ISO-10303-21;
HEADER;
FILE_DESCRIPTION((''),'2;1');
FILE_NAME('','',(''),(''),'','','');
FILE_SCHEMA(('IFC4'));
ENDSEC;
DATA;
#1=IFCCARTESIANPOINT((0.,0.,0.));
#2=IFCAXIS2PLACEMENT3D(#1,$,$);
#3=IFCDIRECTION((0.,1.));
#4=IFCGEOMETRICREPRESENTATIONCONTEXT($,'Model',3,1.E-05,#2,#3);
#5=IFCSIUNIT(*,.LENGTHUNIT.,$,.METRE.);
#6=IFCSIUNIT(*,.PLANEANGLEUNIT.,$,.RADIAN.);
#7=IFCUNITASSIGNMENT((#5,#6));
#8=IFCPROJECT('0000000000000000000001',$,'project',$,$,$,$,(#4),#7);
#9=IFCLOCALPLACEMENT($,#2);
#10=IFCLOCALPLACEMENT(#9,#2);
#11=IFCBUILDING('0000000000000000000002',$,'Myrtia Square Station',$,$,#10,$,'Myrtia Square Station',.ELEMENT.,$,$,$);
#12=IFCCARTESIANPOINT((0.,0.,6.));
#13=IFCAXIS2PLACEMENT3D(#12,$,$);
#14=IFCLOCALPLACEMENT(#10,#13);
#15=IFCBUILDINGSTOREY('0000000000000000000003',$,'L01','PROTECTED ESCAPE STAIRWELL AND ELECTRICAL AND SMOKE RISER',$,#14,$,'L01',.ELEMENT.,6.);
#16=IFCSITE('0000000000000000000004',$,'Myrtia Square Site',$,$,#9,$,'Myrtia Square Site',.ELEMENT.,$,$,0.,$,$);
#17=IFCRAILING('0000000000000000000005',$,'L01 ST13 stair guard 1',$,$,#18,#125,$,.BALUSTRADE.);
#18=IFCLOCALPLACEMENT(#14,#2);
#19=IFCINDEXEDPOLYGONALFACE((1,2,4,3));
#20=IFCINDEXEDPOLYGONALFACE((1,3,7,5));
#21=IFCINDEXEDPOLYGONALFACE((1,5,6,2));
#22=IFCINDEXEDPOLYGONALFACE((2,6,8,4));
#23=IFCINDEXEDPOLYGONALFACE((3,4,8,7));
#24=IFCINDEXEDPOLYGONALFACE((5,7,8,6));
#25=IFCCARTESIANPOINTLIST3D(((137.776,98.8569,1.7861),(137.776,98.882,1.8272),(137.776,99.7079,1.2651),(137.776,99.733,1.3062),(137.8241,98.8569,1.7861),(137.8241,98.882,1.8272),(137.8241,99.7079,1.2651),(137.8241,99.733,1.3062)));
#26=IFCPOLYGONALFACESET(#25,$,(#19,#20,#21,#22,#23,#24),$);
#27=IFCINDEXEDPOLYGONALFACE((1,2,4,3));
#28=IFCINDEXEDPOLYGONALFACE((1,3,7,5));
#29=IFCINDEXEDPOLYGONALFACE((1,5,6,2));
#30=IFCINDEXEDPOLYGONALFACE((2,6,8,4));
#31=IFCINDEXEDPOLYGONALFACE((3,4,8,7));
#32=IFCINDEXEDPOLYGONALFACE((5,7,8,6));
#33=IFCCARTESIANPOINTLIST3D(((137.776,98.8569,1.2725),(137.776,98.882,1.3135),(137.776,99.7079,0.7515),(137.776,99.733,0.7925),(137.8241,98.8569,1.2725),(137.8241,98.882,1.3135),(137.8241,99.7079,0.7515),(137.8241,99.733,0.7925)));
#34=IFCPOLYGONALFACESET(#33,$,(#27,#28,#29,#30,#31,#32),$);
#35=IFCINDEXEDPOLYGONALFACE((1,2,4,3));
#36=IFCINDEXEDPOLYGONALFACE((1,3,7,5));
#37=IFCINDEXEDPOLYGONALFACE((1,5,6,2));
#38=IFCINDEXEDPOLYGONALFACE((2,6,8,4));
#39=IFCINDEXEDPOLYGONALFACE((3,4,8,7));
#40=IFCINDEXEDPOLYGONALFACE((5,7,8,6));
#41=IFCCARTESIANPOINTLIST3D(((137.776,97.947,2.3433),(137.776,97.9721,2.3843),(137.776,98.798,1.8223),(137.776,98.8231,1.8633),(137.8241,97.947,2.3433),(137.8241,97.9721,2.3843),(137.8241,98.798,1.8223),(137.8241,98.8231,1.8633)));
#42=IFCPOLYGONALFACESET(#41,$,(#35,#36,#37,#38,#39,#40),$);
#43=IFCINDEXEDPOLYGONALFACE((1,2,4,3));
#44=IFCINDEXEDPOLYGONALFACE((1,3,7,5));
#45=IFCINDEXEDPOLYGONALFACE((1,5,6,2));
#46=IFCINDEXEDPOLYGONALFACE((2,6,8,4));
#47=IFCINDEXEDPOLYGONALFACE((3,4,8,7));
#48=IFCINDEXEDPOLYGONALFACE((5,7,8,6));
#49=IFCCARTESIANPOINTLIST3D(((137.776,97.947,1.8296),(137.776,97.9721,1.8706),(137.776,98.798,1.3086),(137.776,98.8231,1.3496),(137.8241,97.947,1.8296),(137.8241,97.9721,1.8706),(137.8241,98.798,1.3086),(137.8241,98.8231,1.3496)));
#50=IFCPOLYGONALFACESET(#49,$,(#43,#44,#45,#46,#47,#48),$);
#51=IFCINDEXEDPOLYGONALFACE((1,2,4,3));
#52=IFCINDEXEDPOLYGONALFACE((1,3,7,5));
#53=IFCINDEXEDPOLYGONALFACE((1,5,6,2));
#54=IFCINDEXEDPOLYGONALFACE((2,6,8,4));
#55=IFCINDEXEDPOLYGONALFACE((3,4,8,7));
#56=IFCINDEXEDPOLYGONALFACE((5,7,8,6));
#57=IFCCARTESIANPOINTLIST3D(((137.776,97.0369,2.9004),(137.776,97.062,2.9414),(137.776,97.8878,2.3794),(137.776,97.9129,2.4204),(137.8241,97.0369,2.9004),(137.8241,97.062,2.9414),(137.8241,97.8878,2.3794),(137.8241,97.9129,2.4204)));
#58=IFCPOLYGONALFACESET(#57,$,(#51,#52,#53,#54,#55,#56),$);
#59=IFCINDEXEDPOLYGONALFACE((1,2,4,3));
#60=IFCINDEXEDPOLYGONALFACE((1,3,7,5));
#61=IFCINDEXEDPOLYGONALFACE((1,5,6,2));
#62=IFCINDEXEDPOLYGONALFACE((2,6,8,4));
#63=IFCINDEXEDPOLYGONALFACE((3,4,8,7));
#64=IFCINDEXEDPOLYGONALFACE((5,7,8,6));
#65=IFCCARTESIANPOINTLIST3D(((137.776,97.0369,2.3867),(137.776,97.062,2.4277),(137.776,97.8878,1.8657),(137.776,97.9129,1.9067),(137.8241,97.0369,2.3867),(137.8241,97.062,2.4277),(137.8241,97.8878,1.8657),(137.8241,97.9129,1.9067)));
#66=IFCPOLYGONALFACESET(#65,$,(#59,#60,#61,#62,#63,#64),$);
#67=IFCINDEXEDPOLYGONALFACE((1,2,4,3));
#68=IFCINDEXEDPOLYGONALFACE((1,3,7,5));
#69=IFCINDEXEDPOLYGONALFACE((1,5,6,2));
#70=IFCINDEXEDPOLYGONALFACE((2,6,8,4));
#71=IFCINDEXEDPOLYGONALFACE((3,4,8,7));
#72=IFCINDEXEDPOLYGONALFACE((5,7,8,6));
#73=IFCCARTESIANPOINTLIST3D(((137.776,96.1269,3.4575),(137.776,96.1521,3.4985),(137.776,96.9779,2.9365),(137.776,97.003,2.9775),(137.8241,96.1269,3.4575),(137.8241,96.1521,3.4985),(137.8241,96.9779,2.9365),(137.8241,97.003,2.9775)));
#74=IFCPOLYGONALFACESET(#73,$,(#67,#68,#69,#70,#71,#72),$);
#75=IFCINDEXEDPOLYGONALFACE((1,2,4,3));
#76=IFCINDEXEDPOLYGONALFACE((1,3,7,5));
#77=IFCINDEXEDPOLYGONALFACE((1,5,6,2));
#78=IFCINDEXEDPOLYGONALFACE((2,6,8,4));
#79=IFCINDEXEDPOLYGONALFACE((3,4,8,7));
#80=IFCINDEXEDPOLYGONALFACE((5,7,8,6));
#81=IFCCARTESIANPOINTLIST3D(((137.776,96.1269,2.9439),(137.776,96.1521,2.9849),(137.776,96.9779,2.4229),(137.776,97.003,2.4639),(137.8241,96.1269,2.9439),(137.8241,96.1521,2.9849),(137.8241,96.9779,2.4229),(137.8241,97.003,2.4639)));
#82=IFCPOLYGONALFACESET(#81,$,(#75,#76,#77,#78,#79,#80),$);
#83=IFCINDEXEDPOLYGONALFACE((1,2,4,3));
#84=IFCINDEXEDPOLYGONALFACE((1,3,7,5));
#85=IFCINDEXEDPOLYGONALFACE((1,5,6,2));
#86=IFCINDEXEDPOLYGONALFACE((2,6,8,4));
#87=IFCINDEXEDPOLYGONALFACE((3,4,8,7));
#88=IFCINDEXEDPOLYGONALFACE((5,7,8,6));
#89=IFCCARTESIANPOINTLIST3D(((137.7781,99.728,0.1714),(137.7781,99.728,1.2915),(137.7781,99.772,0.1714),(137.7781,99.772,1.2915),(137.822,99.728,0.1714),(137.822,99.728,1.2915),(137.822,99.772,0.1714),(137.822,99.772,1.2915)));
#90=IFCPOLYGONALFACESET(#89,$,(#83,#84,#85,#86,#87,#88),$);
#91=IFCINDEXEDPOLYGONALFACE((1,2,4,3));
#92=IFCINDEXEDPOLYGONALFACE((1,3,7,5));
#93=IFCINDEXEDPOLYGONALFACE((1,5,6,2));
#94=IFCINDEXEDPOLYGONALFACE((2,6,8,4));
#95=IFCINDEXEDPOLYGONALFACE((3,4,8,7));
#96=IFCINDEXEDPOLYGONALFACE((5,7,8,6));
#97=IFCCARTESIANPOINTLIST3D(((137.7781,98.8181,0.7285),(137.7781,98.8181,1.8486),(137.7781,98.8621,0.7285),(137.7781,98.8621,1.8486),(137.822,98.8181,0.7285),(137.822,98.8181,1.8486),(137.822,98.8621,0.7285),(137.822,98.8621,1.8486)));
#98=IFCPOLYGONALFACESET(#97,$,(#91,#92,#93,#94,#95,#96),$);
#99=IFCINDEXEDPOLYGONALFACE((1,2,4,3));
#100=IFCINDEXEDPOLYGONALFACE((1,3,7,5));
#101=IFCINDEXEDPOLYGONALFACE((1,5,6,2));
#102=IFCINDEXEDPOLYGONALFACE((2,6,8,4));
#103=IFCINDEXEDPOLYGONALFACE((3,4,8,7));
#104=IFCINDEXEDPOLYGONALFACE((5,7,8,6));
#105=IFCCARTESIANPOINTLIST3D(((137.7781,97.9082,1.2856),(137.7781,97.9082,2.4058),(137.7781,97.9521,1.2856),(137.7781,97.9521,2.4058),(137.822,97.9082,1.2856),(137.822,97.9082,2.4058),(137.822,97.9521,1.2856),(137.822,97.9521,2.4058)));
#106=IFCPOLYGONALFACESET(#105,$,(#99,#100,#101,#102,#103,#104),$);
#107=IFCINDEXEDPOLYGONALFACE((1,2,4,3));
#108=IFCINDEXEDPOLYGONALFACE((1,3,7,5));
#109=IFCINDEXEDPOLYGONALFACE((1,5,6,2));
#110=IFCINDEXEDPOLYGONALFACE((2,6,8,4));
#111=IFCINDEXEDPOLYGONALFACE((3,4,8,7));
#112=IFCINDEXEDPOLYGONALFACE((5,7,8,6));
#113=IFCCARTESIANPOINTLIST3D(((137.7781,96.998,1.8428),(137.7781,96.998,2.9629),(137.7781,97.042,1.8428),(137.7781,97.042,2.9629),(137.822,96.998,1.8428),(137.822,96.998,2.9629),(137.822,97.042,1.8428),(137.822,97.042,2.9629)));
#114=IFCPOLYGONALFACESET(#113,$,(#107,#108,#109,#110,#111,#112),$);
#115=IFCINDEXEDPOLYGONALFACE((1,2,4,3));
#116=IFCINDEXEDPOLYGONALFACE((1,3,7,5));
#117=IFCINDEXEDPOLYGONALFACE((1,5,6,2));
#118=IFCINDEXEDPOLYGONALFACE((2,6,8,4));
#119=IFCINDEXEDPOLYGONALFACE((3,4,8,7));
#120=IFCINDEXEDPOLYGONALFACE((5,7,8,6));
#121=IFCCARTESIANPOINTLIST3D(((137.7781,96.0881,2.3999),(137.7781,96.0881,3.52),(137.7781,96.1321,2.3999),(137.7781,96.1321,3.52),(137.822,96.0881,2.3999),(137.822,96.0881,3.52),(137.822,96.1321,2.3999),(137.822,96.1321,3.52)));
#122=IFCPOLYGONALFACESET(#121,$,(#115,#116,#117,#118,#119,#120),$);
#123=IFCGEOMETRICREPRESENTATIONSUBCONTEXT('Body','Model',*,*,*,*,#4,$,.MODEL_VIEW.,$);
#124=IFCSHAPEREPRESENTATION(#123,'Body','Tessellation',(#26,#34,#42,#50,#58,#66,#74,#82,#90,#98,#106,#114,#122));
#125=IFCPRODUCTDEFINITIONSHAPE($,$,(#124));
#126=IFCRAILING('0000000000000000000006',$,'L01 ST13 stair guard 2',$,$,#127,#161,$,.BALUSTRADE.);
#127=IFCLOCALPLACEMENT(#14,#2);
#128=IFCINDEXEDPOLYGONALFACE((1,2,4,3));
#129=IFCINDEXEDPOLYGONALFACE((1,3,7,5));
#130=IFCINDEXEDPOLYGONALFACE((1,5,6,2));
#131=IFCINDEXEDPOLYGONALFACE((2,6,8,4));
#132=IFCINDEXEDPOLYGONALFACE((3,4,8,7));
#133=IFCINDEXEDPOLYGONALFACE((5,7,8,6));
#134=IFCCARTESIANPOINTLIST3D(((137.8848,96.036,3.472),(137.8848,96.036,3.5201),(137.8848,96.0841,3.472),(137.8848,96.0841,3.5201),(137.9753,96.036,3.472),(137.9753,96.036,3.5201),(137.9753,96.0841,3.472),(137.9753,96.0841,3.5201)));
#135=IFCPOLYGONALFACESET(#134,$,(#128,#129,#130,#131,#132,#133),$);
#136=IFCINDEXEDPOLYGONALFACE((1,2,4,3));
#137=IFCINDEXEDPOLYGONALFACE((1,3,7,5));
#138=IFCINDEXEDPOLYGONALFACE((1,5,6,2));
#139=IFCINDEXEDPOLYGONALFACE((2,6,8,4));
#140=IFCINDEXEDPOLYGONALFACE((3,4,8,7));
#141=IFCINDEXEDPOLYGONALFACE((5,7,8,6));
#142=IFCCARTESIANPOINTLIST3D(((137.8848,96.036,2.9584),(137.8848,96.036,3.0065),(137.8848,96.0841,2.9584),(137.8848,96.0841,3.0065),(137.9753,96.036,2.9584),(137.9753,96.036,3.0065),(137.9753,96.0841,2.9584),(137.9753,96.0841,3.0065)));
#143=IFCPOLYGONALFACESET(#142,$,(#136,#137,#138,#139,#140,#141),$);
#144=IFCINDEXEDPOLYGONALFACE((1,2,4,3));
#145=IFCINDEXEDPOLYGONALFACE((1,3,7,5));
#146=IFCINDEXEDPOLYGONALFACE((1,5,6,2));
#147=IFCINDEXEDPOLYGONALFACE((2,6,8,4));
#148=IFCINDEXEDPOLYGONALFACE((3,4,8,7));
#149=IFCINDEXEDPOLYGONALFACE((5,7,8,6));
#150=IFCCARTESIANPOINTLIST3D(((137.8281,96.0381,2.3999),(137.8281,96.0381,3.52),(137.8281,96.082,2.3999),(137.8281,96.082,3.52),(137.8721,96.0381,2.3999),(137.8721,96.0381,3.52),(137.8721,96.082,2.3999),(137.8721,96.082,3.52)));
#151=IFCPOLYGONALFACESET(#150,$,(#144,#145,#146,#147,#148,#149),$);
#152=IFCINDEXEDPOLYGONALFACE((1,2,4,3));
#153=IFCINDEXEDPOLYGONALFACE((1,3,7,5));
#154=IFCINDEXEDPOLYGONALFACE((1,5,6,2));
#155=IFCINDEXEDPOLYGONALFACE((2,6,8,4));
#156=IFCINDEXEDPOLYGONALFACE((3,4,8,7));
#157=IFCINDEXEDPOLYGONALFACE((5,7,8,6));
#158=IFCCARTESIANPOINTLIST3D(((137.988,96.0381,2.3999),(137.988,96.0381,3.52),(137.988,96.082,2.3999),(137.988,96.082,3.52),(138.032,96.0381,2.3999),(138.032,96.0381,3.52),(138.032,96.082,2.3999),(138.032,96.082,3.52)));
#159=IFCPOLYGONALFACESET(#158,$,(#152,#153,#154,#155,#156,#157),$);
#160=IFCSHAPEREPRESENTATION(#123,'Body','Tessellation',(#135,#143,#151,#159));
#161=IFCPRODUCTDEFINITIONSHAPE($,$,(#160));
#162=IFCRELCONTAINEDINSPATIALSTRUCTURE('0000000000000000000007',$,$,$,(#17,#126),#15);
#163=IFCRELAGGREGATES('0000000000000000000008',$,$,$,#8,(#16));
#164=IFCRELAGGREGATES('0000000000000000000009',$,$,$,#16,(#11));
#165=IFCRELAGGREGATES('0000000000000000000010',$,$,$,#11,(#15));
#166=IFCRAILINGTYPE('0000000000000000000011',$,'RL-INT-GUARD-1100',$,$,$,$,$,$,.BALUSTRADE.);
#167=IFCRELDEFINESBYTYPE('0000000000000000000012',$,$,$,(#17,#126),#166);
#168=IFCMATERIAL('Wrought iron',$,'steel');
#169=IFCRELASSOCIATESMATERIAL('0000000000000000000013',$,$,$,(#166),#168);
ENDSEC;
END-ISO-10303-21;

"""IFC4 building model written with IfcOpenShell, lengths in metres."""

from ifc_helpers import new_model, si_unit, direction, frame, origin, origin_2d, place, context, subcontext, project, spatial, rectangle, extrude, material, type_object, element, save


model = new_model("IFC4")

# Units and contexts
model_context = context("Model", 3, precision=1e-05, world=origin(), true_north=direction((0.0, 1.0)))
body_context = subcontext(model_context, "Body", "Model", "MODEL_VIEW")
ifc_project = project(units=[si_unit("LENGTHUNIT", "METRE"), si_unit("PLANEANGLEUNIT", "RADIAN")], contexts=[model_context])

# Site, building, storey
site_placement = place(None, origin())
site = spatial("IfcSite", under=ifc_project, at=site_placement, Name="Myrtia Square Site", LongName="Myrtia Square Site", CompositionType="ELEMENT", RefElevation=0.0)
building_placement = place(site_placement, origin())
building = spatial("IfcBuilding", under=site, at=building_placement, Name="Myrtia Square Station", LongName="Myrtia Square Station", CompositionType="ELEMENT")
storey_placement = place(building_placement, frame((0.0, 0.0, 6.0)))
storey = spatial("IfcBuildingStorey", under=building, at=storey_placement, Name="L01", Description="PROTECTED ESCAPE STAIRWELL AND ELECTRICAL AND SMOKE RISER", LongName="L01", CompositionType="ELEMENT", Elevation=6.0)

# Railings
ifc_material_1 = material(Name="Wrought iron", Category="steel")
railing_type_1 = type_object("IfcRailingType", Name="RL-INT-GUARD-1100", PredefinedType="BALUSTRADE", material=ifc_material_1)
railing_1_placement = place(storey_placement, frame((137.8, 99.75, 0.1714)))
element("IfcRailing", 1, at=railing_1_placement, inside=storey, type_object=railing_type_1, Name="L01 ST13 stair guard 1", PredefinedType="BALUSTRADE", context=body_context, shape_type="SweptSolid", body=[
    extrude(rectangle(XDim=0.0481, YDim=0.0481, at=origin_2d()), frame((0.0, -0.0295, 1.1143), z_axis=(0.0, -0.85285, 0.522156), x_axis=(1.0, 0.0, 0.0)), (0.0, 0.0, 1.0), 0.9978),
    extrude(rectangle(XDim=0.0481, YDim=0.0481, at=origin_2d()), frame((0.0, -0.0295, 0.6006), z_axis=(0.0, -0.85285, 0.522156), x_axis=(1.0, 0.0, 0.0)), (0.0, 0.0, 1.0), 0.9978),
    extrude(rectangle(XDim=0.0481, YDim=0.0481, at=origin_2d()), frame((0.0, -0.9395, 1.6714), z_axis=(0.0, -0.85285, 0.522156), x_axis=(1.0, 0.0, 0.0)), (0.0, 0.0, 1.0), 0.9978),
    extrude(rectangle(XDim=0.0481, YDim=0.0481, at=origin_2d()), frame((0.0, -0.9395, 1.1577), z_axis=(0.0, -0.85285, 0.522156), x_axis=(1.0, 0.0, 0.0)), (0.0, 0.0, 1.0), 0.9978),
    extrude(rectangle(XDim=0.0481, YDim=0.0481, at=origin_2d()), frame((0.0, -1.8496, 2.2285), z_axis=(0.0, -0.85285, 0.522156), x_axis=(1.0, 0.0, 0.0)), (0.0, 0.0, 1.0), 0.9978),
    extrude(rectangle(XDim=0.0481, YDim=0.0481, at=origin_2d()), frame((0.0, -1.8496, 1.7148), z_axis=(0.0, -0.85285, 0.522156), x_axis=(1.0, 0.0, 0.0)), (0.0, 0.0, 1.0), 0.9978),
    extrude(rectangle(XDim=0.0481, YDim=0.0481, at=origin_2d()), frame((0.0, -2.7595, 2.7856), z_axis=(0.0, -0.85285, 0.522156), x_axis=(1.0, 0.0, 0.0)), (0.0, 0.0, 1.0), 0.9978),
    extrude(rectangle(XDim=0.0481, YDim=0.0481, at=origin_2d()), frame((0.0, -2.7595, 2.272), z_axis=(0.0, -0.85285, 0.522156), x_axis=(1.0, 0.0, 0.0)), (0.0, 0.0, 1.0), 0.9978),
    extrude(rectangle(XDim=0.0439, YDim=0.0439, at=origin_2d()), origin(), (0.0, 0.0, 1.0), 1.1201),
    extrude(rectangle(XDim=0.0439, YDim=0.0439, at=origin_2d()), frame((0.0, -0.9099, 0.5571)), (0.0, 0.0, 1.0), 1.1201),
    extrude(rectangle(XDim=0.0439, YDim=0.0439, at=origin_2d()), frame((0.0, -1.8198, 1.1143)), (0.0, 0.0, 1.0), 1.1201),
    extrude(rectangle(XDim=0.0439, YDim=0.0439, at=origin_2d()), frame((0.0, -2.73, 1.6714)), (0.0, 0.0, 1.0), 1.1201),
    extrude(rectangle(XDim=0.0439, YDim=0.0439, at=origin_2d()), frame((0.0, -3.6399, 2.2285)), (0.0, 0.0, 1.0), 1.1201),
])
railing_2_placement = place(storey_placement, frame((137.8501, 96.0601, 2.3999)))
element("IfcRailing", 2, at=railing_2_placement, inside=storey, type_object=railing_type_1, Name="L01 ST13 stair guard 2", PredefinedType="BALUSTRADE", context=body_context, shape_type="SweptSolid", body=[
    extrude(rectangle(XDim=0.0481, YDim=0.0481, at=origin_2d()), frame((0.0347, 0.0, 1.0962), z_axis=(1.0, 0.0, 0.0), x_axis=(0.0, 1.0, 0.0)), (0.0, 0.0, 1.0), 0.0906),
    extrude(rectangle(XDim=0.0481, YDim=0.0481, at=origin_2d()), frame((0.0347, 0.0, 0.5825), z_axis=(1.0, 0.0, 0.0), x_axis=(0.0, 1.0, 0.0)), (0.0, 0.0, 1.0), 0.0906),
    extrude(rectangle(XDim=0.0439, YDim=0.0439, at=origin_2d()), origin(), (0.0, 0.0, 1.0), 1.1201),
    extrude(rectangle(XDim=0.0439, YDim=0.0439, at=origin_2d()), frame((0.1599, 0.0, 0.0)), (0.0, 0.0, 1.0), 1.1201),
])

save(model, "model.ifc")
